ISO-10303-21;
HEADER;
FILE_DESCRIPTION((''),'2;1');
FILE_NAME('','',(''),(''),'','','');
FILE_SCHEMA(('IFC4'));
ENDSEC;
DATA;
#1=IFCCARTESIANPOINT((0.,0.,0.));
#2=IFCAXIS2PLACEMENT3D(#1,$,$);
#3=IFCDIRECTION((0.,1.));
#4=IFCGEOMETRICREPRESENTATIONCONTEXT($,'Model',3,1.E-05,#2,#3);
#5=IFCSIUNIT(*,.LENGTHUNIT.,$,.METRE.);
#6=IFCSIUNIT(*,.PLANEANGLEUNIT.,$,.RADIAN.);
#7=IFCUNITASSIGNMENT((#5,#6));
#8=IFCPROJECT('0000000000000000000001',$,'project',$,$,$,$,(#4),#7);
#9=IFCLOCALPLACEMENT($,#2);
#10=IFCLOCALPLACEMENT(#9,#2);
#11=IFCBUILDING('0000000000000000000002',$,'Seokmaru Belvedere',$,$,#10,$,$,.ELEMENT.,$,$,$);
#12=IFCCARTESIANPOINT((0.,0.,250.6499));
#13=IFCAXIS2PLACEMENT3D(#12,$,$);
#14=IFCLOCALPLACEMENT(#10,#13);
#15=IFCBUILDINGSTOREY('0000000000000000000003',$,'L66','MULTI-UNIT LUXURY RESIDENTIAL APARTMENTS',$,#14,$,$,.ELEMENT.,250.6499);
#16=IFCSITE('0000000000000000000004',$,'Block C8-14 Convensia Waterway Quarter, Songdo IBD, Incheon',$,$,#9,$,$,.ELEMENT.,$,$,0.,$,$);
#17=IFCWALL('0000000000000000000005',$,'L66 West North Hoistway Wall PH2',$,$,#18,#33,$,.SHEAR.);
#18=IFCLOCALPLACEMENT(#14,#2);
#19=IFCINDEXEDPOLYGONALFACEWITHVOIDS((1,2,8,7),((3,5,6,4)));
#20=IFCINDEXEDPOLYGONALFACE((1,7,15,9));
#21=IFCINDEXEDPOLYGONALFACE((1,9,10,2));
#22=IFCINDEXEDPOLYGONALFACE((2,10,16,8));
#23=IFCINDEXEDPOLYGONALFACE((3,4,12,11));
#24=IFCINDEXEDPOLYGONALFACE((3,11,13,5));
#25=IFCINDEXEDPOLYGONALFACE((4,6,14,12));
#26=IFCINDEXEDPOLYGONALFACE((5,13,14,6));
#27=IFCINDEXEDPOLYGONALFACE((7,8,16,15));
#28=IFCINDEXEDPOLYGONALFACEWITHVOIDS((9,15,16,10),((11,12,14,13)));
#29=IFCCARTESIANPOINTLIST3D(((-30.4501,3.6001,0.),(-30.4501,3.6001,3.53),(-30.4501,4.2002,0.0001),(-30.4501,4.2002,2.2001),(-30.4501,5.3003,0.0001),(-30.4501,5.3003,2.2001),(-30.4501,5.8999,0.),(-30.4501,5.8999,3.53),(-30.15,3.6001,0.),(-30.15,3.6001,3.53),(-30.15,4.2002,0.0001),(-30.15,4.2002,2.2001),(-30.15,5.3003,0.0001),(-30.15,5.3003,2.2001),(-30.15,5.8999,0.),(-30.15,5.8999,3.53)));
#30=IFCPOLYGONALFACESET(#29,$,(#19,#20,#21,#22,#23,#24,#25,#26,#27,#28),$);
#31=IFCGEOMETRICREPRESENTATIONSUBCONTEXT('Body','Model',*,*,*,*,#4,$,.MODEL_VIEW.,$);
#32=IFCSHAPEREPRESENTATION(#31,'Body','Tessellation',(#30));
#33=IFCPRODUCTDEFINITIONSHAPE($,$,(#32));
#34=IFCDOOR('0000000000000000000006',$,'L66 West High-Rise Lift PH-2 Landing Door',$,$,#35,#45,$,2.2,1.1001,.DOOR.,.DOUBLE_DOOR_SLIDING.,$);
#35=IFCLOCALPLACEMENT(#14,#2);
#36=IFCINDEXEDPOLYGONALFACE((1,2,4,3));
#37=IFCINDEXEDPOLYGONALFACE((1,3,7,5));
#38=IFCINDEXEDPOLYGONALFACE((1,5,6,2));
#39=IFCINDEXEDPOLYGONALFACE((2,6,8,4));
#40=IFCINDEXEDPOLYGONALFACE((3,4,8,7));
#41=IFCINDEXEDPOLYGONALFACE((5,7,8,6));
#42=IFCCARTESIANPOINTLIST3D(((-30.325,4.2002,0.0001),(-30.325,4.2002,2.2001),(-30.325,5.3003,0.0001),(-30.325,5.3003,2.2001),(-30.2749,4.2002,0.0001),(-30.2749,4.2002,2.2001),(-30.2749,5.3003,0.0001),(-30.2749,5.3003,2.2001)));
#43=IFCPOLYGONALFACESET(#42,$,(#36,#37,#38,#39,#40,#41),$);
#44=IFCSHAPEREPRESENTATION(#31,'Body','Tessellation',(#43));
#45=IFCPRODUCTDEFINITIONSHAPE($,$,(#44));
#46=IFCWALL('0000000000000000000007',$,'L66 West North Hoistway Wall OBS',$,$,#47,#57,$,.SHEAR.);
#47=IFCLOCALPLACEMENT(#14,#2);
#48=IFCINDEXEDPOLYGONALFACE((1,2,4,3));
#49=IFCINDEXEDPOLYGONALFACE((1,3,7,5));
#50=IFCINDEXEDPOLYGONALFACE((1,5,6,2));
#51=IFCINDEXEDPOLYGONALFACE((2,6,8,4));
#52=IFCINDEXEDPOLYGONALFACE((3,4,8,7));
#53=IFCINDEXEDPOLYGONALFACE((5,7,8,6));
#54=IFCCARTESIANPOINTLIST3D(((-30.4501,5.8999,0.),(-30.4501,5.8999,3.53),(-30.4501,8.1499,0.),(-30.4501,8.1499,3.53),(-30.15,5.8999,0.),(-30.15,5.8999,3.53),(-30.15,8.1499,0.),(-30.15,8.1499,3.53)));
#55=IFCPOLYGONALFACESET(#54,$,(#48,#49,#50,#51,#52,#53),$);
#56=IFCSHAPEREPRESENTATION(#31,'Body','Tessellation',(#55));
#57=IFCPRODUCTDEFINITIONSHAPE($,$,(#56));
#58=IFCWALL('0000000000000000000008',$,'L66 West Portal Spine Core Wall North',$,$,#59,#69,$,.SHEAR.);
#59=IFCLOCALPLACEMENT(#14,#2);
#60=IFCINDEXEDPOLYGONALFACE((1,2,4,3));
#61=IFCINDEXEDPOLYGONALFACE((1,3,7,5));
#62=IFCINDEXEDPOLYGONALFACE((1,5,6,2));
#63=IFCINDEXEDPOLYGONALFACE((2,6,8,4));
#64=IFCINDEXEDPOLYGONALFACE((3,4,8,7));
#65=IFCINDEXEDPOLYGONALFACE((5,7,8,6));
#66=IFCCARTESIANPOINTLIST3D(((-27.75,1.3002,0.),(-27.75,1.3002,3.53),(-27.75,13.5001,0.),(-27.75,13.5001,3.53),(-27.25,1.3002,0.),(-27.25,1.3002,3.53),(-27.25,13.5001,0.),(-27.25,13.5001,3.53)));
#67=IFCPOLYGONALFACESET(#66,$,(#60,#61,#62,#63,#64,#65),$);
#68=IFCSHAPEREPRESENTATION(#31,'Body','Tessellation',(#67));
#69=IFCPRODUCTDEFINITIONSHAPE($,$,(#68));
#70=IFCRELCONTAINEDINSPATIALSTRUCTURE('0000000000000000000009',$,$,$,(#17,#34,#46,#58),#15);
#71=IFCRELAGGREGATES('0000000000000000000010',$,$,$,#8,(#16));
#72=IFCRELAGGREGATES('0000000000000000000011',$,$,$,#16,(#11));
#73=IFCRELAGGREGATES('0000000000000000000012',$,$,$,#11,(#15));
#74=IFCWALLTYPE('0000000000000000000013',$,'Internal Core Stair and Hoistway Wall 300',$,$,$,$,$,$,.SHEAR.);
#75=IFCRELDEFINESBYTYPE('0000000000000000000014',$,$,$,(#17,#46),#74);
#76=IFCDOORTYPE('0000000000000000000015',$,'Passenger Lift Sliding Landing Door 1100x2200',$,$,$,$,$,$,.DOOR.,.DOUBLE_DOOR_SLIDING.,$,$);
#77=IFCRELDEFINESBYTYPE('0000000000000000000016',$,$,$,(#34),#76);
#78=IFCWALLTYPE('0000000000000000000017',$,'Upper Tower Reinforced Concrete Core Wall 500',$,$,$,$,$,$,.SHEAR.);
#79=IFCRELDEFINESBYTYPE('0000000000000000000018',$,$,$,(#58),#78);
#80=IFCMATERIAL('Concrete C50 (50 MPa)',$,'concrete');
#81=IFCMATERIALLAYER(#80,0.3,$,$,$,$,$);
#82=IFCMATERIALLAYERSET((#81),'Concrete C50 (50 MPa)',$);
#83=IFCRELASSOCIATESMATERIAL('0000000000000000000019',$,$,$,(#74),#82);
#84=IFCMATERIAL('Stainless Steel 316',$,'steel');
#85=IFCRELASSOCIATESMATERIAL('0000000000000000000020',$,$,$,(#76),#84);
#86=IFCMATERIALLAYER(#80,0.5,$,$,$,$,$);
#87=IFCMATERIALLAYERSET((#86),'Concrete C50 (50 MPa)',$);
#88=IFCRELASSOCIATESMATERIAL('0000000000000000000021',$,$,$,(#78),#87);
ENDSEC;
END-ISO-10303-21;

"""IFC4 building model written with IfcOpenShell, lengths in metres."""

from ifc_helpers import new_model, si_unit, direction, frame, frame_2d, origin, place, context, subcontext, project, spatial, rectangle, extrude, source, transform, mapped, material, layer, layer_set, type_object, type_shapes, element, fill, save


model = new_model("IFC4")

# Units and contexts
model_context = context("Model", 3, precision=1e-05, world=origin(), true_north=direction((0.0, 1.0)))
body_context = subcontext(model_context, "Body", "Model", "MODEL_VIEW")
ifc_project = project(units=[si_unit("LENGTHUNIT", "METRE"), si_unit("PLANEANGLEUNIT", "RADIAN")], contexts=[model_context])

# Site, building, storey
site_placement = place(None, origin())
site = spatial("IfcSite", under=ifc_project, at=site_placement, Name="Block C8-14 Convensia Waterway Quarter, Songdo IBD, Incheon", CompositionType="ELEMENT", RefElevation=0.0)
building_placement = place(site_placement, origin())
building = spatial("IfcBuilding", under=site, at=building_placement, Name="Seokmaru Belvedere", CompositionType="ELEMENT")
storey_placement = place(building_placement, frame((0.0, 0.0, 250.6499)))
storey = spatial("IfcBuildingStorey", under=building, at=storey_placement, Name="L66", Description="MULTI-UNIT LUXURY RESIDENTIAL APARTMENTS", CompositionType="ELEMENT", Elevation=250.6499)

# Shared definitions
ifc_material_1 = material(Name="Concrete C50 (50 MPa)", Category="concrete")

# Wall, opening, door
ifc_layer_1 = layer(ifc_material_1, 0.3)
ifc_layer_set_1 = layer_set([ifc_layer_1], Name="Concrete C50 (50 MPa)")
wall_type_1 = type_object("IfcWallType", Name="Internal Core Stair and Hoistway Wall 300", PredefinedType="SHEAR", material=ifc_layer_set_1)
ifc_material_2 = material(Name="Stainless Steel 316", Category="steel")
door_type_1 = type_object("IfcDoorType", Name="Passenger Lift Sliding Landing Door 1100x2200", OperationType="DOUBLE_DOOR_SLIDING", PredefinedType="DOOR", material=ifc_material_2)
shared_shape_1 = source(origin(), body_context, "Body", "SweptSolid", [
    extrude(rectangle(XDim=1.1001, YDim=2.2, at=frame_2d((0.55, 1.1001))), frame((0.0, 0.0249, 0.0), z_axis=(0.0, -1.0, 0.0), x_axis=(1.0, 0.0, 0.0)), (0.0, 0.0, 1.0), 0.05),
])
type_shapes(door_type_1, [shared_shape_1])
wall_1_placement = place(storey_placement, frame((-30.3, 3.6001, 0.0), z_axis=(0.0, 0.0, 1.0), x_axis=(0.0, 1.0, 0.0)))
wall_1 = element("IfcWall", 1, at=wall_1_placement, inside=storey, type_object=wall_type_1, Name="L66 West North Hoistway Wall PH2", PredefinedType="SHEAR", context=body_context, shape_type="SweptSolid", body=[
    extrude(rectangle(XDim=2.2998, YDim=0.3, at=frame_2d((1.1499, 0.0))), origin(), (0.0, 0.0, 1.0), 3.53),
])
opening_1_placement = place(wall_1_placement, frame((0.6001, 0.0, 0.0)))
opening_1 = element("IfcOpeningElement", 2, at=opening_1_placement, cuts=wall_1, PredefinedType="OPENING", context=body_context, shape_type="SweptSolid", body=[
    extrude(rectangle(XDim=1.1001, YDim=2.2, at=frame_2d((0.55, 1.1001))), frame((0.0, 0.1602, 0.0), z_axis=(0.0, -1.0, 0.0), x_axis=(1.0, 0.0, 0.0)), (0.0, 0.0, 1.0), 0.3201),
])
door_1_placement = place(opening_1_placement, origin())
door_1 = element("IfcDoor", 3, at=door_1_placement, inside=storey, type_object=door_type_1, Name="L66 West High-Rise Lift PH-2 Landing Door", OperationType="DOUBLE_DOOR_SLIDING", OverallHeight=2.2, OverallWidth=1.1001, PredefinedType="DOOR", context=body_context, shape_type="MappedRepresentation", body=[
    mapped(shared_shape_1, transform((0.0, 0.0, 0.0), scale=1.0)),
])
fill(opening_1, door_1)

# Wall
wall_2_placement = place(storey_placement, frame((-30.3, 5.8999, 0.0), z_axis=(0.0, 0.0, 1.0), x_axis=(0.0, 1.0, 0.0)))
element("IfcWall", 4, at=wall_2_placement, inside=storey, type_object=wall_type_1, Name="L66 West North Hoistway Wall OBS", PredefinedType="SHEAR", context=body_context, shape_type="SweptSolid", body=[
    extrude(rectangle(XDim=2.25, YDim=0.3, at=frame_2d((1.125, 0.0))), origin(), (0.0, 0.0, 1.0), 3.53),
])

# Wall
ifc_layer_2 = layer(ifc_material_1, 0.5)
ifc_layer_set_2 = layer_set([ifc_layer_2], Name="Concrete C50 (50 MPa)")
wall_type_2 = type_object("IfcWallType", Name="Upper Tower Reinforced Concrete Core Wall 500", PredefinedType="SHEAR", material=ifc_layer_set_2)
wall_3_placement = place(storey_placement, frame((-27.5, 1.3, 0.0), z_axis=(0.0, 0.0, 1.0), x_axis=(0.0, 1.0, 0.0)))
element("IfcWall", 5, at=wall_3_placement, inside=storey, type_object=wall_type_2, Name="L66 West Portal Spine Core Wall North", PredefinedType="SHEAR", context=body_context, shape_type="SweptSolid", body=[
    extrude(rectangle(XDim=12.2, YDim=0.5, at=frame_2d((6.1001, 0.0))), origin(), (0.0, 0.0, 1.0), 3.53),
])

save(model, "model.ifc")
